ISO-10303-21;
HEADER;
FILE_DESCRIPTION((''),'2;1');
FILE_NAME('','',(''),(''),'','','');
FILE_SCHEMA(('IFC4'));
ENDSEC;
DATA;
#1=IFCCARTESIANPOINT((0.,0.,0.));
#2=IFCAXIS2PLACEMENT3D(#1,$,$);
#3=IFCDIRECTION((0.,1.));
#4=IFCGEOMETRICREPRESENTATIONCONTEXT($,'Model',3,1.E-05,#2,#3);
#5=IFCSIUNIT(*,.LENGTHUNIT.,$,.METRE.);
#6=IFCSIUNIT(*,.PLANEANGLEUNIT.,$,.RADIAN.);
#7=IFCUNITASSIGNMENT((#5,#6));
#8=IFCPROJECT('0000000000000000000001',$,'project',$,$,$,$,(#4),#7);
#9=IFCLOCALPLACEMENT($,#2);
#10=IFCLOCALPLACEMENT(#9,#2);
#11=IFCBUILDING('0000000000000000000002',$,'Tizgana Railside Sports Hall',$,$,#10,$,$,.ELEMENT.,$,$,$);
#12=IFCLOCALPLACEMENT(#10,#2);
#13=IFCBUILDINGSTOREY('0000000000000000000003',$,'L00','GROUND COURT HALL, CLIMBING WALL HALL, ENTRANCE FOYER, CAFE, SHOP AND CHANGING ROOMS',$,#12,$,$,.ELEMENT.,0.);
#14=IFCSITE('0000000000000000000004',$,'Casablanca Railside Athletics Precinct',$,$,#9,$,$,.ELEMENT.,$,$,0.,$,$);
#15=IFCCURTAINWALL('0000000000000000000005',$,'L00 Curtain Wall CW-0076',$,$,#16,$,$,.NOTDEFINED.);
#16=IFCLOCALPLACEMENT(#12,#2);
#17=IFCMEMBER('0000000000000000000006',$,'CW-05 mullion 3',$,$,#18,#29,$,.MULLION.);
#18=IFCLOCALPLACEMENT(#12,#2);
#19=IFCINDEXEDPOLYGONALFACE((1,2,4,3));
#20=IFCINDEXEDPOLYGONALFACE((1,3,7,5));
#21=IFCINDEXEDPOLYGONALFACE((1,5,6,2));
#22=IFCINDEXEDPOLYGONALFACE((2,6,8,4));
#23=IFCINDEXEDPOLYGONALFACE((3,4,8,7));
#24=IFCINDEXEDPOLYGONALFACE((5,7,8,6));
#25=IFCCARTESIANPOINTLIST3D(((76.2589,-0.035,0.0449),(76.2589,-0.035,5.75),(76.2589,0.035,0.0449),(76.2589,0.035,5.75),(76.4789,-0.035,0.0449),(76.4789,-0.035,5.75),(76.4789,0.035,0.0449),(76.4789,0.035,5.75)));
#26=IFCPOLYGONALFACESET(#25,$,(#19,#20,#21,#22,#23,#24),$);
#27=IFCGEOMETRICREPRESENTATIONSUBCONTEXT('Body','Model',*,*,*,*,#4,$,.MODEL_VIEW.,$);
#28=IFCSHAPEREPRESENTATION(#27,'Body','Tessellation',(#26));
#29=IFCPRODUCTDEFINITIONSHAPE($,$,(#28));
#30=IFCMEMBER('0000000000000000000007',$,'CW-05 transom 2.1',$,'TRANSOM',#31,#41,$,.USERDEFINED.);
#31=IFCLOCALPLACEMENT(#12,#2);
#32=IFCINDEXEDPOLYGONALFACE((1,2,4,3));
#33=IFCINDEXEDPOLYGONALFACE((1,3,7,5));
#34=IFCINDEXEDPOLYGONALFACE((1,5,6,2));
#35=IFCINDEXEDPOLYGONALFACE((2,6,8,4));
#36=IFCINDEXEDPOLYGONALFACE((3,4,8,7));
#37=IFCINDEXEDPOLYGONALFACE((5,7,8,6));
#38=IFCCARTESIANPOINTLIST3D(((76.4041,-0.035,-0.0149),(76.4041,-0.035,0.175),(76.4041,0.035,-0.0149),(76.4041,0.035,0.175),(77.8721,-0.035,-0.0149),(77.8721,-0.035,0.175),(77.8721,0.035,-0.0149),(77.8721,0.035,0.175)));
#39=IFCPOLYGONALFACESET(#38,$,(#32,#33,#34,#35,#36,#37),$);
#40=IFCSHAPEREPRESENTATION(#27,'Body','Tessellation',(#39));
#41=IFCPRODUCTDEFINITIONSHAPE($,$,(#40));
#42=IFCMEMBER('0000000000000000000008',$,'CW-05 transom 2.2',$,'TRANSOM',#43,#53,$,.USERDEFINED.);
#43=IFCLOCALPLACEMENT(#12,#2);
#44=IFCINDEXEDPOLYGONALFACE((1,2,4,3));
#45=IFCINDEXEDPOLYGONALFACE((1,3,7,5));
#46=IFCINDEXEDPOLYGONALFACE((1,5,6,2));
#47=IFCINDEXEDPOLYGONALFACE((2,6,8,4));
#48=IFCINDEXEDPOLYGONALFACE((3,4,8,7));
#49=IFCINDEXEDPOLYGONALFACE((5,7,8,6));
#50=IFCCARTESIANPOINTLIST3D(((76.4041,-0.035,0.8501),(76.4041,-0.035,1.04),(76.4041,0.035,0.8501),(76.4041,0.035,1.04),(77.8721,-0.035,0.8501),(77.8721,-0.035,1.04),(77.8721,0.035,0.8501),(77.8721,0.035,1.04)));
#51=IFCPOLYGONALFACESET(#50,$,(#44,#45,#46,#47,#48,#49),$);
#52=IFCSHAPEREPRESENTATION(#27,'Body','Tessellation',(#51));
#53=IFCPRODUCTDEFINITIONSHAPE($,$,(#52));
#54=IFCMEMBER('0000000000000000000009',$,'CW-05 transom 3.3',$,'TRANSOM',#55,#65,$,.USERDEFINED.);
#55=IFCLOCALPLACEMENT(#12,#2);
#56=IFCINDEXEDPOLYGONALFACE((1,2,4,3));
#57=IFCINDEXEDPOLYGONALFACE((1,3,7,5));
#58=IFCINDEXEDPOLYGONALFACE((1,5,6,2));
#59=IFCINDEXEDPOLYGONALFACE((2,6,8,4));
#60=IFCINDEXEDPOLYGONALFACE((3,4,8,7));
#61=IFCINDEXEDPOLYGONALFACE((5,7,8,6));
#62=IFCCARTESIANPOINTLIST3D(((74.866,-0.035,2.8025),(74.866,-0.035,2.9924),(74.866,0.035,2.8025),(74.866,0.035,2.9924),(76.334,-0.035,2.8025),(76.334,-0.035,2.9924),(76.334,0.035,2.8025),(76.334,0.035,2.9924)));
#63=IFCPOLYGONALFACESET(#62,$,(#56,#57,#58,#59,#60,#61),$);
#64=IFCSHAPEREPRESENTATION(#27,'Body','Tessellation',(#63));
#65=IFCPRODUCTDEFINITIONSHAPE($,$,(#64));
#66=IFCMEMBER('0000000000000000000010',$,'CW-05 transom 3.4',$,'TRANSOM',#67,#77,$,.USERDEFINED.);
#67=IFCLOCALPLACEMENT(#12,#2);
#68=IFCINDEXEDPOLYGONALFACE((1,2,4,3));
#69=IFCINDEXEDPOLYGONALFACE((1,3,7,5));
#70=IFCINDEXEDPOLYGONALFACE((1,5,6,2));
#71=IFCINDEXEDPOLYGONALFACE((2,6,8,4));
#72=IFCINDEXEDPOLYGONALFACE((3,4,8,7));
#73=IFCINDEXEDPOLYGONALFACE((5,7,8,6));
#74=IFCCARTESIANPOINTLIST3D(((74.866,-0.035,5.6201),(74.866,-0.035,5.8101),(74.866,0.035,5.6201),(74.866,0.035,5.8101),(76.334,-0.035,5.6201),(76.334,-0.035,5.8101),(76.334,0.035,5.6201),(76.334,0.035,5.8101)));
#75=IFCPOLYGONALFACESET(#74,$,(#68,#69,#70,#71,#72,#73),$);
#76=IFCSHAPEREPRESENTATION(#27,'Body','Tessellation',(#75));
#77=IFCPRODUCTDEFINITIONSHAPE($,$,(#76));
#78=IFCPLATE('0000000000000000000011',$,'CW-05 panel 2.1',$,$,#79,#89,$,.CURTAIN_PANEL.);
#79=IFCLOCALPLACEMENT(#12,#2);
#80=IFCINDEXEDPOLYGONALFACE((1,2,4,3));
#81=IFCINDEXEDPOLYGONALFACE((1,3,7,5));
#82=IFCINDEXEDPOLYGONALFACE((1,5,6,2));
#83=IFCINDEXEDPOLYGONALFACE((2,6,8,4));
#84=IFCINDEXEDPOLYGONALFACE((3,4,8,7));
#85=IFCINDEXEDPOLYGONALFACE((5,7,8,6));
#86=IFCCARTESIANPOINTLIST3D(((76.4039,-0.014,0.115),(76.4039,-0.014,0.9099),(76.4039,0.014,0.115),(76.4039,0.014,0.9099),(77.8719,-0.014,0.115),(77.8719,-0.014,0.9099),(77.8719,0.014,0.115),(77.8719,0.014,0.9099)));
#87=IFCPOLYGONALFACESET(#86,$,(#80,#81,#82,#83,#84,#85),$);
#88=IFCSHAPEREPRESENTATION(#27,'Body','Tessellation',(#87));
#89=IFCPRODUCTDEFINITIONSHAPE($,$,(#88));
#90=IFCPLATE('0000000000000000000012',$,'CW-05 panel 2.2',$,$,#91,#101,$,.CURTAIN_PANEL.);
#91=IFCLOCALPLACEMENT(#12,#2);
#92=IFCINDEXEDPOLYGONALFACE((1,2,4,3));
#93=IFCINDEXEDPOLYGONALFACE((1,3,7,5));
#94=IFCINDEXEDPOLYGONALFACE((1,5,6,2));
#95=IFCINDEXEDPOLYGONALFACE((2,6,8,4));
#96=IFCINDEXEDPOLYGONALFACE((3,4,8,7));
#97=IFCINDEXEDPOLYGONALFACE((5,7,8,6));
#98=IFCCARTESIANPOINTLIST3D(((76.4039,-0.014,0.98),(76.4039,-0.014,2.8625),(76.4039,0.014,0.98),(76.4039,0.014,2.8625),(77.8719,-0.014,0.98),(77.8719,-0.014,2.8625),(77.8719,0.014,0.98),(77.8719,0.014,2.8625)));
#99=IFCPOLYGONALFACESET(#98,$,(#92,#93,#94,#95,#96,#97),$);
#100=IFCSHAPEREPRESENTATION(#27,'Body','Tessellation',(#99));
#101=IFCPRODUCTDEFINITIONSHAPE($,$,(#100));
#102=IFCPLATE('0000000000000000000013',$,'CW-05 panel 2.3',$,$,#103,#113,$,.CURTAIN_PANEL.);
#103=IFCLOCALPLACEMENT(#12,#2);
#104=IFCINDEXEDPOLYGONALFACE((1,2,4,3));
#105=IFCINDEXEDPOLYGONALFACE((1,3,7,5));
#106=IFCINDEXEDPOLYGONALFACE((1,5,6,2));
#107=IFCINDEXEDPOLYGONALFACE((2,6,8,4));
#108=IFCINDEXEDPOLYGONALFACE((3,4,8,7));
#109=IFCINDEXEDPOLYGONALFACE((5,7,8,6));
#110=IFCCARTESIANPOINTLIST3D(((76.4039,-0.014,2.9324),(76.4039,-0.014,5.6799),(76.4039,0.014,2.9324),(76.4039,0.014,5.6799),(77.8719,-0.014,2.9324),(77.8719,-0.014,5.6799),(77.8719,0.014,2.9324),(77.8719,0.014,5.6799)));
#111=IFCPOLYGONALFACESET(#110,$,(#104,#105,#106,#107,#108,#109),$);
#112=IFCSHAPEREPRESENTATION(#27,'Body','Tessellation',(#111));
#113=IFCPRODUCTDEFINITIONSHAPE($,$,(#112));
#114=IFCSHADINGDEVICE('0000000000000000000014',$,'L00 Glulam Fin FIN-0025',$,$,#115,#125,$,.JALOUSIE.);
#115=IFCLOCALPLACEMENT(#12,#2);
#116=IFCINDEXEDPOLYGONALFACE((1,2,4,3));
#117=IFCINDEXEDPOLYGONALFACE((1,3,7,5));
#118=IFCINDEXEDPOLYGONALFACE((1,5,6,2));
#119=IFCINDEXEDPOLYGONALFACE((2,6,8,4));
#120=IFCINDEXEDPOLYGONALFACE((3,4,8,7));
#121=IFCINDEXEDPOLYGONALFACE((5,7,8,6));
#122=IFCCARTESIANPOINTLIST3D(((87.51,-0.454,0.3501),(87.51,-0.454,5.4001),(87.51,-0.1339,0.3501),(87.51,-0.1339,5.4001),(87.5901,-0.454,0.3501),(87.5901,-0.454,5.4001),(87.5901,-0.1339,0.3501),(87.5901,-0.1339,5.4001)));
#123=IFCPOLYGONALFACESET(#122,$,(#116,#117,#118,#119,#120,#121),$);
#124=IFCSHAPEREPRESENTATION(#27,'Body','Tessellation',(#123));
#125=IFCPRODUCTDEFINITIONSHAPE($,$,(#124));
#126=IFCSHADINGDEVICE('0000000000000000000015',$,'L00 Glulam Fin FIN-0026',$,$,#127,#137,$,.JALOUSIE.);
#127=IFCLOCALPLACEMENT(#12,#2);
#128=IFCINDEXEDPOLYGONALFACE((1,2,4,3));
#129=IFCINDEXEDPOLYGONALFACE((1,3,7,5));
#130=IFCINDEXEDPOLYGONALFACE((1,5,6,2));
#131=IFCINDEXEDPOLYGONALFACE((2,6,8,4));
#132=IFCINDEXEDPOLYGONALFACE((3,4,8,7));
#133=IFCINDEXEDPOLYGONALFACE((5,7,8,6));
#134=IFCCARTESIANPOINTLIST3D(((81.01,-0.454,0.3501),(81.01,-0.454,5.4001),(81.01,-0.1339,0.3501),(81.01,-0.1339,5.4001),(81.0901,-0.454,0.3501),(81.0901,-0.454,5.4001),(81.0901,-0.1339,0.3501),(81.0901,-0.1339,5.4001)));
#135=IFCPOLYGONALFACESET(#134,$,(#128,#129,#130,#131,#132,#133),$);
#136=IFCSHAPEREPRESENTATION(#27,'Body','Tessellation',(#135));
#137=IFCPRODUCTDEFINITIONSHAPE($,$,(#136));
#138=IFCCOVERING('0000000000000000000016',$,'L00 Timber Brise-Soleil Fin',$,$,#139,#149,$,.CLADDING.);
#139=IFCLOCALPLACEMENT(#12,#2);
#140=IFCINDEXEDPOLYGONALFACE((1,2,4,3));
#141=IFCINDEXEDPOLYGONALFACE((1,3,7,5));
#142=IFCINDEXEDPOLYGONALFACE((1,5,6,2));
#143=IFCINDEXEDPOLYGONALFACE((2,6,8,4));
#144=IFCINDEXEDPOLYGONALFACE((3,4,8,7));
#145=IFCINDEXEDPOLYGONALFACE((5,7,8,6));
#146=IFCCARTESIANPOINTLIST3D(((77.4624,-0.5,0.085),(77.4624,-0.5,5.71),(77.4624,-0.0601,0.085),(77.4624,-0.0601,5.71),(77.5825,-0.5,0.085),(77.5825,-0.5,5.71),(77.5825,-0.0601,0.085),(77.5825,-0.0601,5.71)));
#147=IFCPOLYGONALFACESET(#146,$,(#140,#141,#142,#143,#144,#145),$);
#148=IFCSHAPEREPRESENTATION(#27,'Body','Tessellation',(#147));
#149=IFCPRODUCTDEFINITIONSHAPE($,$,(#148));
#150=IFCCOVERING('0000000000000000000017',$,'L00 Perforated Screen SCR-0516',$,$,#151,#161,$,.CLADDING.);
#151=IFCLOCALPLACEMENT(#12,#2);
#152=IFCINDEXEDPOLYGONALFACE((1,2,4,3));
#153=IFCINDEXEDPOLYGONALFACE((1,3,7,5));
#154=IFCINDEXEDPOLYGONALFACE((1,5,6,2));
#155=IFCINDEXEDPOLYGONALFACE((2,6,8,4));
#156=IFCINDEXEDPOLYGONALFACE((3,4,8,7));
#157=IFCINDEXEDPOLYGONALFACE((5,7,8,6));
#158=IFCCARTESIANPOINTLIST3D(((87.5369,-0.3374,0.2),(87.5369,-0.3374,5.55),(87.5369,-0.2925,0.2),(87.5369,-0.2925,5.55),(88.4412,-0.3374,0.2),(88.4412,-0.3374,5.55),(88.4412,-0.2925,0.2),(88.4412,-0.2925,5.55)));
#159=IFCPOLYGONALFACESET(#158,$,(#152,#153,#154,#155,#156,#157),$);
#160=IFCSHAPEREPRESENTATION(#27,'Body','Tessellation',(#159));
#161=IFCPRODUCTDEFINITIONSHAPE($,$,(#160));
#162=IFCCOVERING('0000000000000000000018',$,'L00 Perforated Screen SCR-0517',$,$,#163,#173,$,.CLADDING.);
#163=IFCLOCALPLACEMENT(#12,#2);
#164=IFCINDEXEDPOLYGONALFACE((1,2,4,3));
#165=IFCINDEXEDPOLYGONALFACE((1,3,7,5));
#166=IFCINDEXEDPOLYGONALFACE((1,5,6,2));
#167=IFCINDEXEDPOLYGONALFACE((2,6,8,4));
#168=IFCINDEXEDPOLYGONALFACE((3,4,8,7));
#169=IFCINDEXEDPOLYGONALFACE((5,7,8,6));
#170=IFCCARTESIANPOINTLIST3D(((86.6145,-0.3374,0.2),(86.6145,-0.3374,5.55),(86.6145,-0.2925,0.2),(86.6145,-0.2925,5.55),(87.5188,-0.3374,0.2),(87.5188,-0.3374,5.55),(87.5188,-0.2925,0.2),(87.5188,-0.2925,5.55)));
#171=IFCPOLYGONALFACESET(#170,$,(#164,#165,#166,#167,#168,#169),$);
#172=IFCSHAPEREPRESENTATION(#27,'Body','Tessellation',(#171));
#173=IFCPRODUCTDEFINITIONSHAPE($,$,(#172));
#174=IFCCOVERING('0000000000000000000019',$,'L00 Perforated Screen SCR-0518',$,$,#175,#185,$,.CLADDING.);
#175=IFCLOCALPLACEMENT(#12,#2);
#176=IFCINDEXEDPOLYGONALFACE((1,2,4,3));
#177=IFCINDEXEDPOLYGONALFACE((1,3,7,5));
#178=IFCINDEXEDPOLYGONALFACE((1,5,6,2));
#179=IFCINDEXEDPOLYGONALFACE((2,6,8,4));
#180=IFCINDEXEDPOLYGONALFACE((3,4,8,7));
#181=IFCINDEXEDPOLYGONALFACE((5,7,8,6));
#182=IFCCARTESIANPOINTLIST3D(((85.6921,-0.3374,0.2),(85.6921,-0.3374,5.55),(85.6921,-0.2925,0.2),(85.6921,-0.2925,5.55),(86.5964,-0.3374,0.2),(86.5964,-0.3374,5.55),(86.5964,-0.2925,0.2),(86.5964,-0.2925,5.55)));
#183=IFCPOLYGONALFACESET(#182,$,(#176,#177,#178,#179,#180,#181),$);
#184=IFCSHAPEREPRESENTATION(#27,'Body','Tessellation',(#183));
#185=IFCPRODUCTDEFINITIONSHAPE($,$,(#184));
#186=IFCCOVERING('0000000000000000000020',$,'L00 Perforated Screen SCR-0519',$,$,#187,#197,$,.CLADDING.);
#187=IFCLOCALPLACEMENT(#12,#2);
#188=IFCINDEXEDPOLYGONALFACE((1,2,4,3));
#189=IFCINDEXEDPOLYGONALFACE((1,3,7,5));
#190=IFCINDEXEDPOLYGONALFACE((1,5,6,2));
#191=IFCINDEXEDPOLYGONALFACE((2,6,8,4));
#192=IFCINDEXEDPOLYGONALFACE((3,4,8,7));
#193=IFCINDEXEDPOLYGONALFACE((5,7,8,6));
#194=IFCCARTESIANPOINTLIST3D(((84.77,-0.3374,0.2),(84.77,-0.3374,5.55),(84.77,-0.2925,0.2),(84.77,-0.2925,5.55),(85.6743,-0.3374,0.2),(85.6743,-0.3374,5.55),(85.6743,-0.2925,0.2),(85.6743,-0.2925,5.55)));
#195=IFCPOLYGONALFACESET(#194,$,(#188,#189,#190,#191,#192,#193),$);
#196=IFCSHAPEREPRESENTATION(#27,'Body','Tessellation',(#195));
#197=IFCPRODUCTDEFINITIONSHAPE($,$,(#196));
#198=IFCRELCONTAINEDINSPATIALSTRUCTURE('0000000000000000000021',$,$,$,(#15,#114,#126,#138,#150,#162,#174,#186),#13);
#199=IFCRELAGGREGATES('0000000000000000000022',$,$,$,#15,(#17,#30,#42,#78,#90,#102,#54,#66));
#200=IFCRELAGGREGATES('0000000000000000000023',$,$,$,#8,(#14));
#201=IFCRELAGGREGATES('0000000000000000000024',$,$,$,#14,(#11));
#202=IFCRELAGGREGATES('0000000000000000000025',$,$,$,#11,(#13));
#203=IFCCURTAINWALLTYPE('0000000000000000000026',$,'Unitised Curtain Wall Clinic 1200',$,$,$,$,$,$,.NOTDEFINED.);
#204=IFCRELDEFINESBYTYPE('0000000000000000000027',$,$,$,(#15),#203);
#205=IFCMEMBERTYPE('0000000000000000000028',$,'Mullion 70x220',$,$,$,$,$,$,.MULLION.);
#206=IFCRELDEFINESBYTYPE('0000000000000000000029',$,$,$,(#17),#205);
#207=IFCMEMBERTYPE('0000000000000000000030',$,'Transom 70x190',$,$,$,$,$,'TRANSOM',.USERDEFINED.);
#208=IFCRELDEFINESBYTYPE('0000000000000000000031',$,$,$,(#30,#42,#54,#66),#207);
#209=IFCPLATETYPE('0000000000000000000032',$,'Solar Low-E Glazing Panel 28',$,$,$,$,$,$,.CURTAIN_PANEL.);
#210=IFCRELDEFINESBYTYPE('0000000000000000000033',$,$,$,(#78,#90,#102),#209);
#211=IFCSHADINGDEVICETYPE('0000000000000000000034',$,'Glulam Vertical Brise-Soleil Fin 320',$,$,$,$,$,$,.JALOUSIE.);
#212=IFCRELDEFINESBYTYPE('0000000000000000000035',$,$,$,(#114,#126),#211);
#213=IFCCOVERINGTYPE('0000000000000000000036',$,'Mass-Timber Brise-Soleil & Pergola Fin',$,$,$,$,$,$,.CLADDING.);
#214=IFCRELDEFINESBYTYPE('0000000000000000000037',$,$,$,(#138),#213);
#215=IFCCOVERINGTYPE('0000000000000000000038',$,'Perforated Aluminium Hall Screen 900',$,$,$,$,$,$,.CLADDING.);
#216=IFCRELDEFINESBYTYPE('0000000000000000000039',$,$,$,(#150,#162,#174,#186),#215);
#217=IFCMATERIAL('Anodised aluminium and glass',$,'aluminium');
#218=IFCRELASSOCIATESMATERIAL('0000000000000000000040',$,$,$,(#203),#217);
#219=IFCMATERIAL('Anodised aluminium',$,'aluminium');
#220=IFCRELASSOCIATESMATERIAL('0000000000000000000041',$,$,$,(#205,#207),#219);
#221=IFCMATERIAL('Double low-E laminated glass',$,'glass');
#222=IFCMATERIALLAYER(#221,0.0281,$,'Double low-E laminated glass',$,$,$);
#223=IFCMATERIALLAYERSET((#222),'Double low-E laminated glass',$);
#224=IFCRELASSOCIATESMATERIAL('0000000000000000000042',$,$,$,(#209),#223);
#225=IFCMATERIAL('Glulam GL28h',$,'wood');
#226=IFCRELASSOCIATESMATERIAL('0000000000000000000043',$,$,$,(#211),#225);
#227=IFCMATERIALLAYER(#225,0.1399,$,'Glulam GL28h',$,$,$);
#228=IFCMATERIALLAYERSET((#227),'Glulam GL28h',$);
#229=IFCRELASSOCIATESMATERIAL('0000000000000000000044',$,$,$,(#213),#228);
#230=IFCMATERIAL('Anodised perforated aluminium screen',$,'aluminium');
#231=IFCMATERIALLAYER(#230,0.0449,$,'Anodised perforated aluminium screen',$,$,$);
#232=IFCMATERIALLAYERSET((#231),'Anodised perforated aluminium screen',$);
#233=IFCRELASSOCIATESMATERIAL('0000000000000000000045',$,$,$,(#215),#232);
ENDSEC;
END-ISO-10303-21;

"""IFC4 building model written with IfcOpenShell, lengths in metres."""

from ifc_helpers import new_model, si_unit, direction, frame, origin, origin_2d, place, context, subcontext, project, spatial, rectangle, extrude, material, layer, layer_set, material_profile, profile_set, type_object, element, aggregate, save


model = new_model("IFC4")

# Units and contexts
model_context = context("Model", 3, precision=1e-05, world=origin(), true_north=direction((0.0, 1.0)))
body_context = subcontext(model_context, "Body", "Model", "MODEL_VIEW")
ifc_project = project(units=[si_unit("LENGTHUNIT", "METRE"), si_unit("PLANEANGLEUNIT", "RADIAN")], contexts=[model_context])

# Site, building, storey
site_placement = place(None, origin())
site = spatial("IfcSite", under=ifc_project, at=site_placement, Name="Casablanca Railside Athletics Precinct", CompositionType="ELEMENT", RefElevation=0.0)
building_placement = place(site_placement, origin())
building = spatial("IfcBuilding", under=site, at=building_placement, Name="Tizgana Railside Sports Hall", CompositionType="ELEMENT")
storey_placement = place(building_placement, origin())
storey = spatial("IfcBuildingStorey", under=building, at=storey_placement, Name="L00", Description="GROUND COURT HALL, CLIMBING WALL HALL, ENTRANCE FOYER, CAFE, SHOP AND CHANGING ROOMS", CompositionType="ELEMENT", Elevation=0.0)

# Curtain wall, members, plates
ifc_material_1 = material(Name="Anodised aluminium and glass", Category="aluminium")
curtain_wall_type = type_object("IfcCurtainWallType", Name="Unitised Curtain Wall Clinic 1200", PredefinedType="NOTDEFINED", material=ifc_material_1)
curtain_wall_placement = place(storey_placement, origin())
curtain_wall = element("IfcCurtainWall", 1, at=curtain_wall_placement, inside=storey, type_object=curtain_wall_type, Name="L00 Curtain Wall CW-0076", PredefinedType="NOTDEFINED")
ifc_material_2 = material(Name="Anodised aluminium", Category="aluminium")
ifc_material_profile_1 = material_profile(ifc_material_2, rectangle(XDim=0.0701, YDim=0.22, at=origin_2d()), Name="Mullion 70x220")
ifc_profile_set_1 = profile_set([ifc_material_profile_1], Name="Anodised aluminium")
member_type_1 = type_object("IfcMemberType", Name="Mullion 70x220", PredefinedType="MULLION", material=ifc_profile_set_1)
member_1_placement = place(storey_placement, frame((76.3689, 0.0, 0.0449), z_axis=(0.0, 0.0, 1.0), x_axis=(0.0, -1.0, 0.0)))
member_1 = element("IfcMember", 2, at=member_1_placement, type_object=member_type_1, Name="CW-05 mullion 3", PredefinedType="MULLION", context=body_context, shape_type="SweptSolid", body=[
    extrude(rectangle(XDim=0.0701, YDim=0.22, at=origin_2d()), origin(), (0.0, 0.0, 1.0), 5.7051),
])
ifc_material_profile_2 = material_profile(ifc_material_2, rectangle(XDim=0.0701, YDim=0.1899, at=origin_2d()), Name="Transom 70x190")
ifc_profile_set_2 = profile_set([ifc_material_profile_2], Name="Anodised aluminium")
member_type_2 = type_object("IfcMemberType", Name="Transom 70x190", ElementType="TRANSOM", PredefinedType="USERDEFINED", material=ifc_profile_set_2)
member_2_placement = place(storey_placement, frame((77.8721, 0.0, 0.0801), z_axis=(-1.0, 0.0, 0.0), x_axis=(0.0, -1.0, 0.0)))
member_2 = element("IfcMember", 3, at=member_2_placement, type_object=member_type_2, Name="CW-05 transom 2.1", ObjectType="TRANSOM", PredefinedType="USERDEFINED", context=body_context, shape_type="SweptSolid", body=[
    extrude(rectangle(XDim=0.0701, YDim=0.1899, at=origin_2d()), origin(), (0.0, 0.0, 1.0), 1.468),
])
member_3_placement = place(storey_placement, frame((77.8721, 0.0, 0.9451), z_axis=(-1.0, 0.0, 0.0), x_axis=(0.0, -1.0, 0.0)))
member_3 = element("IfcMember", 4, at=member_3_placement, type_object=member_type_2, Name="CW-05 transom 2.2", ObjectType="TRANSOM", PredefinedType="USERDEFINED", context=body_context, shape_type="SweptSolid", body=[
    extrude(rectangle(XDim=0.0701, YDim=0.1899, at=origin_2d()), origin(), (0.0, 0.0, 1.0), 1.468),
])
member_4_placement = place(storey_placement, frame((76.334, 0.0, 2.8975), z_axis=(-1.0, 0.0, 0.0), x_axis=(0.0, -1.0, 0.0)))
member_4 = element("IfcMember", 5, at=member_4_placement, type_object=member_type_2, Name="CW-05 transom 3.3", ObjectType="TRANSOM", PredefinedType="USERDEFINED", context=body_context, shape_type="SweptSolid", body=[
    extrude(rectangle(XDim=0.0701, YDim=0.1899, at=origin_2d()), origin(), (0.0, 0.0, 1.0), 1.468),
])
member_5_placement = place(storey_placement, frame((76.334, 0.0, 5.7151), z_axis=(-1.0, 0.0, 0.0), x_axis=(0.0, -1.0, 0.0)))
member_5 = element("IfcMember", 6, at=member_5_placement, type_object=member_type_2, Name="CW-05 transom 3.4", ObjectType="TRANSOM", PredefinedType="USERDEFINED", context=body_context, shape_type="SweptSolid", body=[
    extrude(rectangle(XDim=0.0701, YDim=0.1899, at=origin_2d()), origin(), (0.0, 0.0, 1.0), 1.468),
])
ifc_material_3 = material(Name="Double low-E laminated glass", Category="glass")
ifc_layer_1 = layer(ifc_material_3, 0.0281, Name="Double low-E laminated glass")
ifc_layer_set_1 = layer_set([ifc_layer_1], Name="Double low-E laminated glass")
plate_type = type_object("IfcPlateType", Name="Solar Low-E Glazing Panel 28", PredefinedType="CURTAIN_PANEL", material=ifc_layer_set_1)
plate_1_placement = place(storey_placement, frame((77.1379, 0.0, 0.115), z_axis=(0.0, 0.0, 1.0), x_axis=(-1.0, 0.0, 0.0)))
plate_1 = element("IfcPlate", 7, at=plate_1_placement, type_object=plate_type, Name="CW-05 panel 2.1", PredefinedType="CURTAIN_PANEL", context=body_context, shape_type="SweptSolid", body=[
    extrude(rectangle(XDim=1.468, YDim=0.0281, at=origin_2d()), origin(), (0.0, 0.0, 1.0), 0.7949),
])
plate_2_placement = place(storey_placement, frame((77.1379, 0.0, 0.98), z_axis=(0.0, 0.0, 1.0), x_axis=(-1.0, 0.0, 0.0)))
plate_2 = element("IfcPlate", 8, at=plate_2_placement, type_object=plate_type, Name="CW-05 panel 2.2", PredefinedType="CURTAIN_PANEL", context=body_context, shape_type="SweptSolid", body=[
    extrude(rectangle(XDim=1.468, YDim=0.0281, at=origin_2d()), origin(), (0.0, 0.0, 1.0), 1.8826),
])
plate_3_placement = place(storey_placement, frame((77.1379, 0.0, 2.9324), z_axis=(0.0, 0.0, 1.0), x_axis=(-1.0, 0.0, 0.0)))
plate_3 = element("IfcPlate", 9, at=plate_3_placement, type_object=plate_type, Name="CW-05 panel 2.3", PredefinedType="CURTAIN_PANEL", context=body_context, shape_type="SweptSolid", body=[
    extrude(rectangle(XDim=1.468, YDim=0.0281, at=origin_2d()), origin(), (0.0, 0.0, 1.0), 2.7476),
])
aggregate(curtain_wall, [member_1, member_2, member_3, plate_1, plate_2, plate_3, member_4, member_5])

# Shading devices
ifc_material_4 = material(Name="Glulam GL28h", Category="wood")
shading_device_type = type_object("IfcShadingDeviceType", Name="Glulam Vertical Brise-Soleil Fin 320", PredefinedType="JALOUSIE", material=ifc_material_4)
for number, where, z_axis, x_axis, name in (
    (10, (87.55, -0.2939, 0.3501), (0.0, 0.0, 1.0), (-1.0, 0.0, 0.0), "L00 Glulam Fin FIN-0025"),
    (11, (81.05, -0.2939, 0.3501), (0.0, 0.0, 1.0), (-1.0, 0.0, 0.0), "L00 Glulam Fin FIN-0026"),
):
    element("IfcShadingDevice", number, at=place(storey_placement, frame(where, z_axis=z_axis, x_axis=x_axis)), inside=storey, type_object=shading_device_type, Name=name, PredefinedType="JALOUSIE", context=body_context, shape_type="SweptSolid", body=[
        extrude(rectangle(XDim=0.0801, YDim=0.3201, at=origin_2d()), origin(), (0.0, 0.0, 1.0), 5.05),
    ])

# Coverings
ifc_layer_2 = layer(ifc_material_4, 0.1399, Name="Glulam GL28h")
ifc_layer_set_2 = layer_set([ifc_layer_2], Name="Glulam GL28h")
covering_type_1 = type_object("IfcCoveringType", Name="Mass-Timber Brise-Soleil & Pergola Fin", PredefinedType="CLADDING", material=ifc_layer_set_2)
covering_placement = place(storey_placement, frame((77.5225, -0.28, 0.085), z_axis=(0.0, 0.0, 1.0), x_axis=(-1.0, 0.0, 0.0)))
element("IfcCovering", 12, at=covering_placement, inside=storey, type_object=covering_type_1, Name="L00 Timber Brise-Soleil Fin", PredefinedType="CLADDING", context=body_context, shape_type="SweptSolid", body=[
    extrude(rectangle(XDim=0.1201, YDim=0.4399, at=origin_2d()), origin(), (0.0, 0.0, 1.0), 5.625),
])
ifc_material_5 = material(Name="Anodised perforated aluminium screen", Category="aluminium")
ifc_layer_3 = layer(ifc_material_5, 0.0449, Name="Anodised perforated aluminium screen")
ifc_layer_set_3 = layer_set([ifc_layer_3], Name="Anodised perforated aluminium screen")
covering_type_2 = type_object("IfcCoveringType", Name="Perforated Aluminium Hall Screen 900", PredefinedType="CLADDING", material=ifc_layer_set_3)
for number, where, z_axis, x_axis, name in (
    (13, (87.989, -0.3149, 0.2), (0.0, 0.0, 1.0), (-1.0, 0.0, 0.0), "L00 Perforated Screen SCR-0516"),
    (14, (87.0667, -0.3149, 0.2), (0.0, 0.0, 1.0), (-1.0, 0.0, 0.0), "L00 Perforated Screen SCR-0517"),
    (15, (86.1443, -0.3149, 0.2), (0.0, 0.0, 1.0), (-1.0, 0.0, 0.0), "L00 Perforated Screen SCR-0518"),
    (16, (85.2222, -0.3149, 0.2), (0.0, 0.0, 1.0), (-1.0, 0.0, 0.0), "L00 Perforated Screen SCR-0519"),
):
    element("IfcCovering", number, at=place(storey_placement, frame(where, z_axis=z_axis, x_axis=x_axis)), inside=storey, type_object=covering_type_2, Name=name, PredefinedType="CLADDING", context=body_context, shape_type="SweptSolid", body=[
        extrude(rectangle(XDim=0.9043, YDim=0.0449, at=origin_2d()), origin(), (0.0, 0.0, 1.0), 5.3501),
    ])

save(model, "model.ifc")
